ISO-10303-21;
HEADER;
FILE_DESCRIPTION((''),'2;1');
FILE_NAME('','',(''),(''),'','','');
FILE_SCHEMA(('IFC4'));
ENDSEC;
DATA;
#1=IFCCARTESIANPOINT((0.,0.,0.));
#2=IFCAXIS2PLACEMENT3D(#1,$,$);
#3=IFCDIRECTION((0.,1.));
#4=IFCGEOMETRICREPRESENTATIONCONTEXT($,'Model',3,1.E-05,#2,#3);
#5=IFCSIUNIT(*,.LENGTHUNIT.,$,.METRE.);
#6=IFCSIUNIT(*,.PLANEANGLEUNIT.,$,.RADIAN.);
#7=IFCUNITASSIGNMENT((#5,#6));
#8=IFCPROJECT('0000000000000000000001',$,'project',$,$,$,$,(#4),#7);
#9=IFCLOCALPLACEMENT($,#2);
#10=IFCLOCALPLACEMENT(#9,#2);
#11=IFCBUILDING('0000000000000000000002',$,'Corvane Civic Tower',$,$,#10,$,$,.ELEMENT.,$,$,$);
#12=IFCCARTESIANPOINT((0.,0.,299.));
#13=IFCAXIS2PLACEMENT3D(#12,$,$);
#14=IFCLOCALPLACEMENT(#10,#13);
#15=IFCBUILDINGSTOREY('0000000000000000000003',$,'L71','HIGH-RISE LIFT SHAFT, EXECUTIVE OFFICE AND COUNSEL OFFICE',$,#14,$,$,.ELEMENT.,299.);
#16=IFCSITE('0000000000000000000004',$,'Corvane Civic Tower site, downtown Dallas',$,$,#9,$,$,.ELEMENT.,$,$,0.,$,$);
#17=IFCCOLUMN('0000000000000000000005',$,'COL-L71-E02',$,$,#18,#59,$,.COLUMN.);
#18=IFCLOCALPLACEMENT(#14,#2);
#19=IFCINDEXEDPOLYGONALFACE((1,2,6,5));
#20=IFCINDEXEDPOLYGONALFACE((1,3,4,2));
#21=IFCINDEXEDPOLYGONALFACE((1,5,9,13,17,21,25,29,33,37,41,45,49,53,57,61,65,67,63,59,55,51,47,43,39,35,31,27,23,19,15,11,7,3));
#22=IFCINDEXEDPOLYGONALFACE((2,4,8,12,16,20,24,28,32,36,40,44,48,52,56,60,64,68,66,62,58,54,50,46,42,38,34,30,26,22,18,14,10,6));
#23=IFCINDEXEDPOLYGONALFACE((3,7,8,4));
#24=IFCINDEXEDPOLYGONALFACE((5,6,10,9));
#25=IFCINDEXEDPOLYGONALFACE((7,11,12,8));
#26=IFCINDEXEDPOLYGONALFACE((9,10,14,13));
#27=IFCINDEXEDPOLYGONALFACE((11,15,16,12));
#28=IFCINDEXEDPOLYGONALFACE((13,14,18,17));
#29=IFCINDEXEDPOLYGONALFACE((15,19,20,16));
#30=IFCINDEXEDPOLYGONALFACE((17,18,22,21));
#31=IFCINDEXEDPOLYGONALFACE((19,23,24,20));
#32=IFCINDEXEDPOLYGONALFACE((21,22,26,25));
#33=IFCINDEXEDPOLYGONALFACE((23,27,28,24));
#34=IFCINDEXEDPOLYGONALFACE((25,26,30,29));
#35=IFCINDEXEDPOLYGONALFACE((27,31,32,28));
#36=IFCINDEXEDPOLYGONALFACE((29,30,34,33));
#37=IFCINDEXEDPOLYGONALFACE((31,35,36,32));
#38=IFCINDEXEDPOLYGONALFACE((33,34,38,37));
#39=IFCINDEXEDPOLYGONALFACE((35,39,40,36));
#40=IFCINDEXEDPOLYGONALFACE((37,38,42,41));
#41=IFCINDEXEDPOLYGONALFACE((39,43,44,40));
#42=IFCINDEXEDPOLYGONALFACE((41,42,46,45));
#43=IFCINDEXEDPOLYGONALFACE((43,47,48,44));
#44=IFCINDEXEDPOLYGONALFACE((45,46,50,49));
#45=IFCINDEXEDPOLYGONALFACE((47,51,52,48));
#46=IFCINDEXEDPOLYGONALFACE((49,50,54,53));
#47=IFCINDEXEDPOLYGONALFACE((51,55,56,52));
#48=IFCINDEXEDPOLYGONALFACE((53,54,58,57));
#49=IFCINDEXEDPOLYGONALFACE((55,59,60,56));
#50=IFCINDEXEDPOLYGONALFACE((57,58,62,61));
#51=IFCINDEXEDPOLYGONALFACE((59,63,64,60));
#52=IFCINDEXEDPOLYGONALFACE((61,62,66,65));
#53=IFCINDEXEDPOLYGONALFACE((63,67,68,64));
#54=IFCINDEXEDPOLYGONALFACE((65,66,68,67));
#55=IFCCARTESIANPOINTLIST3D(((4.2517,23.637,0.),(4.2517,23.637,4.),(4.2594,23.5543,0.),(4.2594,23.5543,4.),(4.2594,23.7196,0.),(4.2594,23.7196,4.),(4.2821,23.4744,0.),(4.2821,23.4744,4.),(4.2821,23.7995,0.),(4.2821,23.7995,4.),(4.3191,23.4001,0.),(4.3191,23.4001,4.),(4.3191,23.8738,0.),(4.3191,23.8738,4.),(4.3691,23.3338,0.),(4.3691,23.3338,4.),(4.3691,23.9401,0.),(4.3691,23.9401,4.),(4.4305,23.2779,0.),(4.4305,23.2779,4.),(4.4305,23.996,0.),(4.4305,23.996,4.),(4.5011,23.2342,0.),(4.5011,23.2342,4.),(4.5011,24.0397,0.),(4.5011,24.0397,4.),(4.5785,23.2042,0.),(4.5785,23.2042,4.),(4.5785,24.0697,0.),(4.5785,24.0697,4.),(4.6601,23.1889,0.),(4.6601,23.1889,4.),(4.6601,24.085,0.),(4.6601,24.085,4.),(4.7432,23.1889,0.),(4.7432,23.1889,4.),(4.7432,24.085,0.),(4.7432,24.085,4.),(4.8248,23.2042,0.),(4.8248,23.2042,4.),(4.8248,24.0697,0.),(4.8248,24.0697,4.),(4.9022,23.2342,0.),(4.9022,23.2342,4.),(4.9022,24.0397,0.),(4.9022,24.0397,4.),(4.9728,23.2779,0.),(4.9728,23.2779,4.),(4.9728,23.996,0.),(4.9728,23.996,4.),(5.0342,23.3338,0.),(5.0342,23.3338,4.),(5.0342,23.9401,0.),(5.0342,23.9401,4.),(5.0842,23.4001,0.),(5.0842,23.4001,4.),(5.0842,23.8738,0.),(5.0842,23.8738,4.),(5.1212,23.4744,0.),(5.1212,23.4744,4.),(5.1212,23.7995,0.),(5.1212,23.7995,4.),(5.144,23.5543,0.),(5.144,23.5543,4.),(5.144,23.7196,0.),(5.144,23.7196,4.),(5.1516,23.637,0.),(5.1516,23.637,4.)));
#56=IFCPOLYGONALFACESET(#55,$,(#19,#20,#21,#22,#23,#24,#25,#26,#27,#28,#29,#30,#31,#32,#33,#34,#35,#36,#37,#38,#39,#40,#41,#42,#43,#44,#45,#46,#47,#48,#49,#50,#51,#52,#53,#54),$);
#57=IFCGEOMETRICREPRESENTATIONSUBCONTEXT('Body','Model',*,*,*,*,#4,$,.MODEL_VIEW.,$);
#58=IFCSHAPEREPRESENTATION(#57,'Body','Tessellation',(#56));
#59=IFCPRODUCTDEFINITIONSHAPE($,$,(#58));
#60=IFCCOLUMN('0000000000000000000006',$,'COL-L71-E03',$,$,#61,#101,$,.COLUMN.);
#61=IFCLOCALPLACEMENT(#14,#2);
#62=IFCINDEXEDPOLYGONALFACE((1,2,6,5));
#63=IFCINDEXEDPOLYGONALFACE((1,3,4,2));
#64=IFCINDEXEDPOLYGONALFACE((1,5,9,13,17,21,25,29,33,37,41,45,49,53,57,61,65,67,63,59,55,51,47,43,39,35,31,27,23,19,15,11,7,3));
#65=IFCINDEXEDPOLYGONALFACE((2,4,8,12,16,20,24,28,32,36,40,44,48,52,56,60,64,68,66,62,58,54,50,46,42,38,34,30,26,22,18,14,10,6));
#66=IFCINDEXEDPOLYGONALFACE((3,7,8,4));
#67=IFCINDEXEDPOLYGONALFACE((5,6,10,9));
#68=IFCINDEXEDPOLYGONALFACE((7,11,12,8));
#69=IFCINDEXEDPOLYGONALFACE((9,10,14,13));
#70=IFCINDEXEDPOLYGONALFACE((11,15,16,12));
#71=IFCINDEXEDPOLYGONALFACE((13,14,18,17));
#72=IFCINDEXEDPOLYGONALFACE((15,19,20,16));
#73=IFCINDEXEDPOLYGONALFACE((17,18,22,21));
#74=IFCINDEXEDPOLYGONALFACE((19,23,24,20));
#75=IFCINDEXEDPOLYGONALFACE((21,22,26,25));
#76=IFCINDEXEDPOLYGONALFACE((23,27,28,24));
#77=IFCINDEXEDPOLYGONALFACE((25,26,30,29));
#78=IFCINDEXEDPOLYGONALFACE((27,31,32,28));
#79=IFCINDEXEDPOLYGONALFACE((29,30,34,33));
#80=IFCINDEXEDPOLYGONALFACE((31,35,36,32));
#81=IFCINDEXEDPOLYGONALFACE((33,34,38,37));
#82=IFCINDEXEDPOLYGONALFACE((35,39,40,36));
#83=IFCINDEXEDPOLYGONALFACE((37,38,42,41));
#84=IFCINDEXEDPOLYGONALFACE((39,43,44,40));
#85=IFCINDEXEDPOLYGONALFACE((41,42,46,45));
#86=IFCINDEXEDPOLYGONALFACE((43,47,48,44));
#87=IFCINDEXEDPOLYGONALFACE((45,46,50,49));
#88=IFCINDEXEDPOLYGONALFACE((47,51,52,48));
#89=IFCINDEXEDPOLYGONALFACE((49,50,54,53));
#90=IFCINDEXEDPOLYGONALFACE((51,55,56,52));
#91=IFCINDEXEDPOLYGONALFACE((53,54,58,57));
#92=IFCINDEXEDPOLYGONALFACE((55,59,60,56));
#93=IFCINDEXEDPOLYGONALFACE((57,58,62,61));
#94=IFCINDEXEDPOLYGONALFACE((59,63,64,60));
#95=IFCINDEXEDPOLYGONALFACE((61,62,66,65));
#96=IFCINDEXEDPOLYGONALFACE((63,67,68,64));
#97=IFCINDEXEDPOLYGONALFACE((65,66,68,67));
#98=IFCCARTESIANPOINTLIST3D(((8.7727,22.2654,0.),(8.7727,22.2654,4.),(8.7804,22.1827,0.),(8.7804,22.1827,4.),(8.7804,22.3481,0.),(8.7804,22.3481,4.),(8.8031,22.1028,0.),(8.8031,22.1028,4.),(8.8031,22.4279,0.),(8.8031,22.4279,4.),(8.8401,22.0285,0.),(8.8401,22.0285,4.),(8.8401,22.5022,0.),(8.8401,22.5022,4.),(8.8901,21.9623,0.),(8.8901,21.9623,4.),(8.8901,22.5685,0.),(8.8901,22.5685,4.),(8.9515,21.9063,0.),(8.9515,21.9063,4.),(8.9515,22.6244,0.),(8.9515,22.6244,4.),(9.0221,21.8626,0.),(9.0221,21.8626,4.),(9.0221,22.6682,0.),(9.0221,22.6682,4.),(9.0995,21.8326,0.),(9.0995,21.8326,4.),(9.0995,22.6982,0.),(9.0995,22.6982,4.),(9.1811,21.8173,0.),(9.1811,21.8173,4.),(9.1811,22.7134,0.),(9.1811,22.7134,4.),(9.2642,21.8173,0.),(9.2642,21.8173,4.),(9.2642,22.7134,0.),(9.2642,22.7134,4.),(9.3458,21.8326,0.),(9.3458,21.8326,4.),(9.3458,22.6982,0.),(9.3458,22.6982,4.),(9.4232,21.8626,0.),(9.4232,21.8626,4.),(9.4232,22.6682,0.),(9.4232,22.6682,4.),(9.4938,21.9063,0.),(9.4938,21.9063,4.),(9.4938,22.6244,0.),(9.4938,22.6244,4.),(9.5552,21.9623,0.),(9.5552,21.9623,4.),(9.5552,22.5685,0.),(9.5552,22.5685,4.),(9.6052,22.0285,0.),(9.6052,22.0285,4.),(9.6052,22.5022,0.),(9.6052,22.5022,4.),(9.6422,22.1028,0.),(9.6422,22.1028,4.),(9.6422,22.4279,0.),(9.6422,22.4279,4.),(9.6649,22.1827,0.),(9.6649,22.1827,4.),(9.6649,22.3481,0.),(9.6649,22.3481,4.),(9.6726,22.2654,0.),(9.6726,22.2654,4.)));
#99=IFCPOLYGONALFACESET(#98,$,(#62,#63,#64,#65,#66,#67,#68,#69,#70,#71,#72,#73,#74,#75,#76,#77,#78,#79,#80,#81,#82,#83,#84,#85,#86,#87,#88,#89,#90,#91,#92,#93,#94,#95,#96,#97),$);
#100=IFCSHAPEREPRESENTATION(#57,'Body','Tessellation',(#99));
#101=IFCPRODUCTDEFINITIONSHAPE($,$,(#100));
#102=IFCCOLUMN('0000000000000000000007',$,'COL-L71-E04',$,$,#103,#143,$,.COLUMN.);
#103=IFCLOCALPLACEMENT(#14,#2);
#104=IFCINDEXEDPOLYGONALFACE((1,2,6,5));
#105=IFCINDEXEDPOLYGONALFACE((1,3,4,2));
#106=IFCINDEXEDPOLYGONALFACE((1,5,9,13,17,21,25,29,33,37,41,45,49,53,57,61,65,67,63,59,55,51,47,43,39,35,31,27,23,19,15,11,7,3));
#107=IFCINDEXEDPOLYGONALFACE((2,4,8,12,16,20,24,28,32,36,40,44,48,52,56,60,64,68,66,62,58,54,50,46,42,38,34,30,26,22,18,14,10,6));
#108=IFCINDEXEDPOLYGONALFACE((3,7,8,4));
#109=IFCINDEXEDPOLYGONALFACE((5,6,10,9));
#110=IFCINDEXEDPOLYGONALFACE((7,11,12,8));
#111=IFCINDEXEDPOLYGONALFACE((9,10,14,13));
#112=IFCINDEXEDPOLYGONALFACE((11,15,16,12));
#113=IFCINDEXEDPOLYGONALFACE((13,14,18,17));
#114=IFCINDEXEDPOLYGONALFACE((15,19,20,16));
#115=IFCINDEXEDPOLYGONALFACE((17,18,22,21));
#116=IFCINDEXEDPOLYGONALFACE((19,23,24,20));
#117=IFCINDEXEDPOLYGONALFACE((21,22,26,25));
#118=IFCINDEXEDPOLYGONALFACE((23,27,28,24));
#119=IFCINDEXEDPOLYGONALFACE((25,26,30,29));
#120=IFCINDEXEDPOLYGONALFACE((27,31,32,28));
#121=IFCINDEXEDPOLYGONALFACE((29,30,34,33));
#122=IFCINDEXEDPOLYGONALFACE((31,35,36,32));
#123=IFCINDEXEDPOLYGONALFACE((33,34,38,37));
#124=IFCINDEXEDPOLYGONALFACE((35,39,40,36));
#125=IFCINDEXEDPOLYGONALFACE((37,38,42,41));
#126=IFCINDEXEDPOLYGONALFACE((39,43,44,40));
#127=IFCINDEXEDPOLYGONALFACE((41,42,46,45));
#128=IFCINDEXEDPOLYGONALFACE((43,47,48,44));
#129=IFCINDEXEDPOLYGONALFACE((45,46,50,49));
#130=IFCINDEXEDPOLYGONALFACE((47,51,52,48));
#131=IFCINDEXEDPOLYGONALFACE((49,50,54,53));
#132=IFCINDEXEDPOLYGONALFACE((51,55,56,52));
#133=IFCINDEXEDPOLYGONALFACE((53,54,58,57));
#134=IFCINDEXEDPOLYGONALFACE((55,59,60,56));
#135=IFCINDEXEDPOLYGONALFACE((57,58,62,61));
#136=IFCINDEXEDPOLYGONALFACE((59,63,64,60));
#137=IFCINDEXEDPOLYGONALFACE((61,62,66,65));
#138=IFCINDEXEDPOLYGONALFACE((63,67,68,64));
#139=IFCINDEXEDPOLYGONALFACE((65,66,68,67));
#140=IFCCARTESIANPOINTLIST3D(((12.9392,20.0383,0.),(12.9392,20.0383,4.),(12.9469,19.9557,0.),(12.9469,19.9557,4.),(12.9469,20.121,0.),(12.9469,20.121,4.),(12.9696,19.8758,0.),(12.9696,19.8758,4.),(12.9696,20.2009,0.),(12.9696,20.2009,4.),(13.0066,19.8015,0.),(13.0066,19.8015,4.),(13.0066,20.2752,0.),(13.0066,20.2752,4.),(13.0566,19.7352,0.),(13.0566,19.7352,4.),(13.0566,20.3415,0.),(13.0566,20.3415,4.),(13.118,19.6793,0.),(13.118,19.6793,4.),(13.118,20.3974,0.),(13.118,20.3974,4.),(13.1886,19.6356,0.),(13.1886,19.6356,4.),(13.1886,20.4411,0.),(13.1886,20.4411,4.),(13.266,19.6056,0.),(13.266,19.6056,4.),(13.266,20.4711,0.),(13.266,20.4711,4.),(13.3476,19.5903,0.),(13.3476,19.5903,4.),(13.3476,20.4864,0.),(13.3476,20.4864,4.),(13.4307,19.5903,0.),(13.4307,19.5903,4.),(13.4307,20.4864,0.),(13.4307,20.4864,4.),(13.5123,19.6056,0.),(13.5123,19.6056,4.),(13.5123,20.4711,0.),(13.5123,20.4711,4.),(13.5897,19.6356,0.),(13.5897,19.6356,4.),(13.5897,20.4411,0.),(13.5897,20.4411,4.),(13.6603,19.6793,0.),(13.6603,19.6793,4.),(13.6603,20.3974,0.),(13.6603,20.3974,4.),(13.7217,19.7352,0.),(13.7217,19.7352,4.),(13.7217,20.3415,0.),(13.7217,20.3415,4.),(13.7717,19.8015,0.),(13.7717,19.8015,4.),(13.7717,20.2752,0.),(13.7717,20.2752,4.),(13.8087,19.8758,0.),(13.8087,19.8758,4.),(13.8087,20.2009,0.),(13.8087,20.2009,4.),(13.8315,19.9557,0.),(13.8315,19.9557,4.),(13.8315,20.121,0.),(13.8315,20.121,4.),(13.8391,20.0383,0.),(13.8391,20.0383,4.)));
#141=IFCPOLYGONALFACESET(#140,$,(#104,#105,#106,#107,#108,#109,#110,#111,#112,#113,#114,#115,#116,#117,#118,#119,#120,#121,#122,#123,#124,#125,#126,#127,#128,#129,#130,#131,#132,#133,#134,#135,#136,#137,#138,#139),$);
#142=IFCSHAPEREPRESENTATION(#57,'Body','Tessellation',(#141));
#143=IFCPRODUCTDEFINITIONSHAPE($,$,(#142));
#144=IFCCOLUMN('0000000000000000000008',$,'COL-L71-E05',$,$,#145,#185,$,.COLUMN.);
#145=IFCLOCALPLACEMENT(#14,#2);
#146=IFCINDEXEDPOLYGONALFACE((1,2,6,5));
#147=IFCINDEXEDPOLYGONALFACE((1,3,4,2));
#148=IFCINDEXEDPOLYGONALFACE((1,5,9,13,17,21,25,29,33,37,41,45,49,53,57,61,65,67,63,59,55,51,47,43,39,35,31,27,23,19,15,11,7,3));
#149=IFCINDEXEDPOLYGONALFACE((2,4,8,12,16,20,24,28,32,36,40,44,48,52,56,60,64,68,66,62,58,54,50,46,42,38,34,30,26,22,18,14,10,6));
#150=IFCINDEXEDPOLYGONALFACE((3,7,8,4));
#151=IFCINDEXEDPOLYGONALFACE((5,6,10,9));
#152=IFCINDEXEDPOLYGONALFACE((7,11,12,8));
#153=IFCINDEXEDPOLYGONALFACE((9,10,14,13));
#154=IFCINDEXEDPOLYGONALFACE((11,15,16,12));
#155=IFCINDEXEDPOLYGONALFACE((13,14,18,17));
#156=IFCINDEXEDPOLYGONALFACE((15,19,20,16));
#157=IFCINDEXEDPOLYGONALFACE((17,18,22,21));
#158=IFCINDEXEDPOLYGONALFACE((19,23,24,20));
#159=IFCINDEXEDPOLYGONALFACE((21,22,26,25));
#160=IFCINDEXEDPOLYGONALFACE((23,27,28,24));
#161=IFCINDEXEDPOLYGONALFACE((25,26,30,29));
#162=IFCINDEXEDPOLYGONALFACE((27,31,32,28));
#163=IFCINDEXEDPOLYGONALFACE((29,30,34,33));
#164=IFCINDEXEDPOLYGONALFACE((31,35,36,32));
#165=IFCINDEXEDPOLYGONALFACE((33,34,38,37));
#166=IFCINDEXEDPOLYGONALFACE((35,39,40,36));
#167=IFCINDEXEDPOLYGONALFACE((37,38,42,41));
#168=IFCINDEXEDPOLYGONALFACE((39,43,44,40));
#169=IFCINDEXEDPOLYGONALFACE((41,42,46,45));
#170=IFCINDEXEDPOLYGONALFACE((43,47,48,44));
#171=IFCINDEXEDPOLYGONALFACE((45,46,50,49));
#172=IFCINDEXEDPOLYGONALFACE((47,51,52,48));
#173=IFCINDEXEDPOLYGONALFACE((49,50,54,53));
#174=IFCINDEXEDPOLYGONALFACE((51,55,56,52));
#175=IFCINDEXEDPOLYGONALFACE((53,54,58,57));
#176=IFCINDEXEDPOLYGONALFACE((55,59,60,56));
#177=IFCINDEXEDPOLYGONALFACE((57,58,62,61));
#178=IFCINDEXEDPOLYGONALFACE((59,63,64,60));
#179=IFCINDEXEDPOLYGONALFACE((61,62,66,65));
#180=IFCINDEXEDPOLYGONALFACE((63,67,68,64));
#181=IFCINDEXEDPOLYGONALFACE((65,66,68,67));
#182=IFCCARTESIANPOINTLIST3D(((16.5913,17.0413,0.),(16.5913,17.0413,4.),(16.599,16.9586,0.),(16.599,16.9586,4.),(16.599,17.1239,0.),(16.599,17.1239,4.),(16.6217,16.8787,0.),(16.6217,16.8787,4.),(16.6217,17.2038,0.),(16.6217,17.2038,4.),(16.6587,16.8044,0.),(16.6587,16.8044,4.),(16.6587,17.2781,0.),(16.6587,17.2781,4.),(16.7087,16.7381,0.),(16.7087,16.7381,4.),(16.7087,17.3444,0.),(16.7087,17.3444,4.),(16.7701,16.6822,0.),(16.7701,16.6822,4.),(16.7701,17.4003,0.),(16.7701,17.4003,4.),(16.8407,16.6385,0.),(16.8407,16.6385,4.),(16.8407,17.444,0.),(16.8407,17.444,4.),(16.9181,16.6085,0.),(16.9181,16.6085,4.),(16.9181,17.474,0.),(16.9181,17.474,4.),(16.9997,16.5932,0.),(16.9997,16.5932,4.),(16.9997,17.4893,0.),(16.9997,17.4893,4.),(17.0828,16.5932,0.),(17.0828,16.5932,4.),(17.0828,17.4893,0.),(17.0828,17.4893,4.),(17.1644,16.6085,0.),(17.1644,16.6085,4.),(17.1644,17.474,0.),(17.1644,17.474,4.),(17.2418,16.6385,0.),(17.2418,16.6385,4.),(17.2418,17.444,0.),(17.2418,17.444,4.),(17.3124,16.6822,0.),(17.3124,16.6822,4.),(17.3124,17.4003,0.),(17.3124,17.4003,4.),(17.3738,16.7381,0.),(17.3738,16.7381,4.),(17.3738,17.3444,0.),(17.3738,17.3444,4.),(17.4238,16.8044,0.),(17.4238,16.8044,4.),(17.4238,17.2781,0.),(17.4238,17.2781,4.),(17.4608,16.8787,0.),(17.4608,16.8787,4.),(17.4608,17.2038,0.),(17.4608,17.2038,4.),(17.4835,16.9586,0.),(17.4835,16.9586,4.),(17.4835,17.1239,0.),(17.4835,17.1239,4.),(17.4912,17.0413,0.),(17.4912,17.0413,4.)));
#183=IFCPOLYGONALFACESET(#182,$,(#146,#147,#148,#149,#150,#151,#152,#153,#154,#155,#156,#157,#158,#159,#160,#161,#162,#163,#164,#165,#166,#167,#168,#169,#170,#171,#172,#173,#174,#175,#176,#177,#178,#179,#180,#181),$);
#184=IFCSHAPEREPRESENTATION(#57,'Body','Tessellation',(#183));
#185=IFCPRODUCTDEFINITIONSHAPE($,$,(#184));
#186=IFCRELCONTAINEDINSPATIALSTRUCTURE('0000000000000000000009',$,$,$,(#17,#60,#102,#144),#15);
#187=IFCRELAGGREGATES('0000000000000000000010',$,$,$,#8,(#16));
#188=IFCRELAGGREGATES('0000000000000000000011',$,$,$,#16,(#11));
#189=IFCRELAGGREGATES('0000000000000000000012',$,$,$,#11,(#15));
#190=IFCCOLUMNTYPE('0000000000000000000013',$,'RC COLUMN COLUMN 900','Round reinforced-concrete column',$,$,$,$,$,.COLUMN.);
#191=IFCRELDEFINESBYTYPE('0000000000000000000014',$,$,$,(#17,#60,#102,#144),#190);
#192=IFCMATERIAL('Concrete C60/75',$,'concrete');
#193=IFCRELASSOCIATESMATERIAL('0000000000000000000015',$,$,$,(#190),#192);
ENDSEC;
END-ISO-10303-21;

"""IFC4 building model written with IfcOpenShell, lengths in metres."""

from ifc_helpers import new_model, si_unit, direction, frame, origin, origin_2d, place, context, subcontext, project, spatial, circle, extrude, material, material_profile, profile_set, type_object, element, save


model = new_model("IFC4")

# Units and contexts
model_context = context("Model", 3, precision=1e-05, world=origin(), true_north=direction((0.0, 1.0)))
body_context = subcontext(model_context, "Body", "Model", "MODEL_VIEW")
ifc_project = project(units=[si_unit("LENGTHUNIT", "METRE"), si_unit("PLANEANGLEUNIT", "RADIAN")], contexts=[model_context])

# Site, building, storey
site_placement = place(None, origin())
site = spatial("IfcSite", under=ifc_project, at=site_placement, Name="Corvane Civic Tower site, downtown Dallas", CompositionType="ELEMENT", RefElevation=0.0)
building_placement = place(site_placement, origin())
building = spatial("IfcBuilding", under=site, at=building_placement, Name="Corvane Civic Tower", CompositionType="ELEMENT")
storey_placement = place(building_placement, frame((0.0, 0.0, 299.0)))
storey = spatial("IfcBuildingStorey", under=building, at=storey_placement, Name="L71", Description="HIGH-RISE LIFT SHAFT, EXECUTIVE OFFICE AND COUNSEL OFFICE", CompositionType="ELEMENT", Elevation=299.0)

# Columns
ifc_material_1 = material(Name="Concrete C60/75", Category="concrete")
ifc_material_profile_1 = material_profile(ifc_material_1, circle(Radius=0.45, at=origin_2d()), Name="COLUMN 900")
ifc_profile_set_1 = profile_set([ifc_material_profile_1], Name="Concrete C60/75")
column_type = type_object("IfcColumnType", Name="RC COLUMN COLUMN 900", Description="Round reinforced-concrete column", PredefinedType="COLUMN", material=ifc_profile_set_1)
for number, where, z_axis, x_axis, name in (
    (1, (4.7017, 23.637, 0.0), (0.0, 0.0, 1.0), (1.0, 0.0, 0.0), "COL-L71-E02"),
    (2, (9.2227, 22.2654, 0.0), (0.0, 0.0, 1.0), (1.0, 0.0, 0.0), "COL-L71-E03"),
    (3, (13.3892, 20.0383, 0.0), (0.0, 0.0, 1.0), (1.0, 0.0, 0.0), "COL-L71-E04"),
    (4, (17.0413, 17.0413, 0.0), (0.0, 0.0, 1.0), (1.0, 0.0, 0.0), "COL-L71-E05"),
):
    element("IfcColumn", number, at=place(storey_placement, frame(where, z_axis=z_axis, x_axis=x_axis)), inside=storey, type_object=column_type, Name=name, PredefinedType="COLUMN", context=body_context, shape_type="SweptSolid", body=[
        extrude(circle(Radius=0.45, at=origin_2d()), origin(), (0.0, 0.0, 1.0), 4.0),
    ])

save(model, "model.ifc")
